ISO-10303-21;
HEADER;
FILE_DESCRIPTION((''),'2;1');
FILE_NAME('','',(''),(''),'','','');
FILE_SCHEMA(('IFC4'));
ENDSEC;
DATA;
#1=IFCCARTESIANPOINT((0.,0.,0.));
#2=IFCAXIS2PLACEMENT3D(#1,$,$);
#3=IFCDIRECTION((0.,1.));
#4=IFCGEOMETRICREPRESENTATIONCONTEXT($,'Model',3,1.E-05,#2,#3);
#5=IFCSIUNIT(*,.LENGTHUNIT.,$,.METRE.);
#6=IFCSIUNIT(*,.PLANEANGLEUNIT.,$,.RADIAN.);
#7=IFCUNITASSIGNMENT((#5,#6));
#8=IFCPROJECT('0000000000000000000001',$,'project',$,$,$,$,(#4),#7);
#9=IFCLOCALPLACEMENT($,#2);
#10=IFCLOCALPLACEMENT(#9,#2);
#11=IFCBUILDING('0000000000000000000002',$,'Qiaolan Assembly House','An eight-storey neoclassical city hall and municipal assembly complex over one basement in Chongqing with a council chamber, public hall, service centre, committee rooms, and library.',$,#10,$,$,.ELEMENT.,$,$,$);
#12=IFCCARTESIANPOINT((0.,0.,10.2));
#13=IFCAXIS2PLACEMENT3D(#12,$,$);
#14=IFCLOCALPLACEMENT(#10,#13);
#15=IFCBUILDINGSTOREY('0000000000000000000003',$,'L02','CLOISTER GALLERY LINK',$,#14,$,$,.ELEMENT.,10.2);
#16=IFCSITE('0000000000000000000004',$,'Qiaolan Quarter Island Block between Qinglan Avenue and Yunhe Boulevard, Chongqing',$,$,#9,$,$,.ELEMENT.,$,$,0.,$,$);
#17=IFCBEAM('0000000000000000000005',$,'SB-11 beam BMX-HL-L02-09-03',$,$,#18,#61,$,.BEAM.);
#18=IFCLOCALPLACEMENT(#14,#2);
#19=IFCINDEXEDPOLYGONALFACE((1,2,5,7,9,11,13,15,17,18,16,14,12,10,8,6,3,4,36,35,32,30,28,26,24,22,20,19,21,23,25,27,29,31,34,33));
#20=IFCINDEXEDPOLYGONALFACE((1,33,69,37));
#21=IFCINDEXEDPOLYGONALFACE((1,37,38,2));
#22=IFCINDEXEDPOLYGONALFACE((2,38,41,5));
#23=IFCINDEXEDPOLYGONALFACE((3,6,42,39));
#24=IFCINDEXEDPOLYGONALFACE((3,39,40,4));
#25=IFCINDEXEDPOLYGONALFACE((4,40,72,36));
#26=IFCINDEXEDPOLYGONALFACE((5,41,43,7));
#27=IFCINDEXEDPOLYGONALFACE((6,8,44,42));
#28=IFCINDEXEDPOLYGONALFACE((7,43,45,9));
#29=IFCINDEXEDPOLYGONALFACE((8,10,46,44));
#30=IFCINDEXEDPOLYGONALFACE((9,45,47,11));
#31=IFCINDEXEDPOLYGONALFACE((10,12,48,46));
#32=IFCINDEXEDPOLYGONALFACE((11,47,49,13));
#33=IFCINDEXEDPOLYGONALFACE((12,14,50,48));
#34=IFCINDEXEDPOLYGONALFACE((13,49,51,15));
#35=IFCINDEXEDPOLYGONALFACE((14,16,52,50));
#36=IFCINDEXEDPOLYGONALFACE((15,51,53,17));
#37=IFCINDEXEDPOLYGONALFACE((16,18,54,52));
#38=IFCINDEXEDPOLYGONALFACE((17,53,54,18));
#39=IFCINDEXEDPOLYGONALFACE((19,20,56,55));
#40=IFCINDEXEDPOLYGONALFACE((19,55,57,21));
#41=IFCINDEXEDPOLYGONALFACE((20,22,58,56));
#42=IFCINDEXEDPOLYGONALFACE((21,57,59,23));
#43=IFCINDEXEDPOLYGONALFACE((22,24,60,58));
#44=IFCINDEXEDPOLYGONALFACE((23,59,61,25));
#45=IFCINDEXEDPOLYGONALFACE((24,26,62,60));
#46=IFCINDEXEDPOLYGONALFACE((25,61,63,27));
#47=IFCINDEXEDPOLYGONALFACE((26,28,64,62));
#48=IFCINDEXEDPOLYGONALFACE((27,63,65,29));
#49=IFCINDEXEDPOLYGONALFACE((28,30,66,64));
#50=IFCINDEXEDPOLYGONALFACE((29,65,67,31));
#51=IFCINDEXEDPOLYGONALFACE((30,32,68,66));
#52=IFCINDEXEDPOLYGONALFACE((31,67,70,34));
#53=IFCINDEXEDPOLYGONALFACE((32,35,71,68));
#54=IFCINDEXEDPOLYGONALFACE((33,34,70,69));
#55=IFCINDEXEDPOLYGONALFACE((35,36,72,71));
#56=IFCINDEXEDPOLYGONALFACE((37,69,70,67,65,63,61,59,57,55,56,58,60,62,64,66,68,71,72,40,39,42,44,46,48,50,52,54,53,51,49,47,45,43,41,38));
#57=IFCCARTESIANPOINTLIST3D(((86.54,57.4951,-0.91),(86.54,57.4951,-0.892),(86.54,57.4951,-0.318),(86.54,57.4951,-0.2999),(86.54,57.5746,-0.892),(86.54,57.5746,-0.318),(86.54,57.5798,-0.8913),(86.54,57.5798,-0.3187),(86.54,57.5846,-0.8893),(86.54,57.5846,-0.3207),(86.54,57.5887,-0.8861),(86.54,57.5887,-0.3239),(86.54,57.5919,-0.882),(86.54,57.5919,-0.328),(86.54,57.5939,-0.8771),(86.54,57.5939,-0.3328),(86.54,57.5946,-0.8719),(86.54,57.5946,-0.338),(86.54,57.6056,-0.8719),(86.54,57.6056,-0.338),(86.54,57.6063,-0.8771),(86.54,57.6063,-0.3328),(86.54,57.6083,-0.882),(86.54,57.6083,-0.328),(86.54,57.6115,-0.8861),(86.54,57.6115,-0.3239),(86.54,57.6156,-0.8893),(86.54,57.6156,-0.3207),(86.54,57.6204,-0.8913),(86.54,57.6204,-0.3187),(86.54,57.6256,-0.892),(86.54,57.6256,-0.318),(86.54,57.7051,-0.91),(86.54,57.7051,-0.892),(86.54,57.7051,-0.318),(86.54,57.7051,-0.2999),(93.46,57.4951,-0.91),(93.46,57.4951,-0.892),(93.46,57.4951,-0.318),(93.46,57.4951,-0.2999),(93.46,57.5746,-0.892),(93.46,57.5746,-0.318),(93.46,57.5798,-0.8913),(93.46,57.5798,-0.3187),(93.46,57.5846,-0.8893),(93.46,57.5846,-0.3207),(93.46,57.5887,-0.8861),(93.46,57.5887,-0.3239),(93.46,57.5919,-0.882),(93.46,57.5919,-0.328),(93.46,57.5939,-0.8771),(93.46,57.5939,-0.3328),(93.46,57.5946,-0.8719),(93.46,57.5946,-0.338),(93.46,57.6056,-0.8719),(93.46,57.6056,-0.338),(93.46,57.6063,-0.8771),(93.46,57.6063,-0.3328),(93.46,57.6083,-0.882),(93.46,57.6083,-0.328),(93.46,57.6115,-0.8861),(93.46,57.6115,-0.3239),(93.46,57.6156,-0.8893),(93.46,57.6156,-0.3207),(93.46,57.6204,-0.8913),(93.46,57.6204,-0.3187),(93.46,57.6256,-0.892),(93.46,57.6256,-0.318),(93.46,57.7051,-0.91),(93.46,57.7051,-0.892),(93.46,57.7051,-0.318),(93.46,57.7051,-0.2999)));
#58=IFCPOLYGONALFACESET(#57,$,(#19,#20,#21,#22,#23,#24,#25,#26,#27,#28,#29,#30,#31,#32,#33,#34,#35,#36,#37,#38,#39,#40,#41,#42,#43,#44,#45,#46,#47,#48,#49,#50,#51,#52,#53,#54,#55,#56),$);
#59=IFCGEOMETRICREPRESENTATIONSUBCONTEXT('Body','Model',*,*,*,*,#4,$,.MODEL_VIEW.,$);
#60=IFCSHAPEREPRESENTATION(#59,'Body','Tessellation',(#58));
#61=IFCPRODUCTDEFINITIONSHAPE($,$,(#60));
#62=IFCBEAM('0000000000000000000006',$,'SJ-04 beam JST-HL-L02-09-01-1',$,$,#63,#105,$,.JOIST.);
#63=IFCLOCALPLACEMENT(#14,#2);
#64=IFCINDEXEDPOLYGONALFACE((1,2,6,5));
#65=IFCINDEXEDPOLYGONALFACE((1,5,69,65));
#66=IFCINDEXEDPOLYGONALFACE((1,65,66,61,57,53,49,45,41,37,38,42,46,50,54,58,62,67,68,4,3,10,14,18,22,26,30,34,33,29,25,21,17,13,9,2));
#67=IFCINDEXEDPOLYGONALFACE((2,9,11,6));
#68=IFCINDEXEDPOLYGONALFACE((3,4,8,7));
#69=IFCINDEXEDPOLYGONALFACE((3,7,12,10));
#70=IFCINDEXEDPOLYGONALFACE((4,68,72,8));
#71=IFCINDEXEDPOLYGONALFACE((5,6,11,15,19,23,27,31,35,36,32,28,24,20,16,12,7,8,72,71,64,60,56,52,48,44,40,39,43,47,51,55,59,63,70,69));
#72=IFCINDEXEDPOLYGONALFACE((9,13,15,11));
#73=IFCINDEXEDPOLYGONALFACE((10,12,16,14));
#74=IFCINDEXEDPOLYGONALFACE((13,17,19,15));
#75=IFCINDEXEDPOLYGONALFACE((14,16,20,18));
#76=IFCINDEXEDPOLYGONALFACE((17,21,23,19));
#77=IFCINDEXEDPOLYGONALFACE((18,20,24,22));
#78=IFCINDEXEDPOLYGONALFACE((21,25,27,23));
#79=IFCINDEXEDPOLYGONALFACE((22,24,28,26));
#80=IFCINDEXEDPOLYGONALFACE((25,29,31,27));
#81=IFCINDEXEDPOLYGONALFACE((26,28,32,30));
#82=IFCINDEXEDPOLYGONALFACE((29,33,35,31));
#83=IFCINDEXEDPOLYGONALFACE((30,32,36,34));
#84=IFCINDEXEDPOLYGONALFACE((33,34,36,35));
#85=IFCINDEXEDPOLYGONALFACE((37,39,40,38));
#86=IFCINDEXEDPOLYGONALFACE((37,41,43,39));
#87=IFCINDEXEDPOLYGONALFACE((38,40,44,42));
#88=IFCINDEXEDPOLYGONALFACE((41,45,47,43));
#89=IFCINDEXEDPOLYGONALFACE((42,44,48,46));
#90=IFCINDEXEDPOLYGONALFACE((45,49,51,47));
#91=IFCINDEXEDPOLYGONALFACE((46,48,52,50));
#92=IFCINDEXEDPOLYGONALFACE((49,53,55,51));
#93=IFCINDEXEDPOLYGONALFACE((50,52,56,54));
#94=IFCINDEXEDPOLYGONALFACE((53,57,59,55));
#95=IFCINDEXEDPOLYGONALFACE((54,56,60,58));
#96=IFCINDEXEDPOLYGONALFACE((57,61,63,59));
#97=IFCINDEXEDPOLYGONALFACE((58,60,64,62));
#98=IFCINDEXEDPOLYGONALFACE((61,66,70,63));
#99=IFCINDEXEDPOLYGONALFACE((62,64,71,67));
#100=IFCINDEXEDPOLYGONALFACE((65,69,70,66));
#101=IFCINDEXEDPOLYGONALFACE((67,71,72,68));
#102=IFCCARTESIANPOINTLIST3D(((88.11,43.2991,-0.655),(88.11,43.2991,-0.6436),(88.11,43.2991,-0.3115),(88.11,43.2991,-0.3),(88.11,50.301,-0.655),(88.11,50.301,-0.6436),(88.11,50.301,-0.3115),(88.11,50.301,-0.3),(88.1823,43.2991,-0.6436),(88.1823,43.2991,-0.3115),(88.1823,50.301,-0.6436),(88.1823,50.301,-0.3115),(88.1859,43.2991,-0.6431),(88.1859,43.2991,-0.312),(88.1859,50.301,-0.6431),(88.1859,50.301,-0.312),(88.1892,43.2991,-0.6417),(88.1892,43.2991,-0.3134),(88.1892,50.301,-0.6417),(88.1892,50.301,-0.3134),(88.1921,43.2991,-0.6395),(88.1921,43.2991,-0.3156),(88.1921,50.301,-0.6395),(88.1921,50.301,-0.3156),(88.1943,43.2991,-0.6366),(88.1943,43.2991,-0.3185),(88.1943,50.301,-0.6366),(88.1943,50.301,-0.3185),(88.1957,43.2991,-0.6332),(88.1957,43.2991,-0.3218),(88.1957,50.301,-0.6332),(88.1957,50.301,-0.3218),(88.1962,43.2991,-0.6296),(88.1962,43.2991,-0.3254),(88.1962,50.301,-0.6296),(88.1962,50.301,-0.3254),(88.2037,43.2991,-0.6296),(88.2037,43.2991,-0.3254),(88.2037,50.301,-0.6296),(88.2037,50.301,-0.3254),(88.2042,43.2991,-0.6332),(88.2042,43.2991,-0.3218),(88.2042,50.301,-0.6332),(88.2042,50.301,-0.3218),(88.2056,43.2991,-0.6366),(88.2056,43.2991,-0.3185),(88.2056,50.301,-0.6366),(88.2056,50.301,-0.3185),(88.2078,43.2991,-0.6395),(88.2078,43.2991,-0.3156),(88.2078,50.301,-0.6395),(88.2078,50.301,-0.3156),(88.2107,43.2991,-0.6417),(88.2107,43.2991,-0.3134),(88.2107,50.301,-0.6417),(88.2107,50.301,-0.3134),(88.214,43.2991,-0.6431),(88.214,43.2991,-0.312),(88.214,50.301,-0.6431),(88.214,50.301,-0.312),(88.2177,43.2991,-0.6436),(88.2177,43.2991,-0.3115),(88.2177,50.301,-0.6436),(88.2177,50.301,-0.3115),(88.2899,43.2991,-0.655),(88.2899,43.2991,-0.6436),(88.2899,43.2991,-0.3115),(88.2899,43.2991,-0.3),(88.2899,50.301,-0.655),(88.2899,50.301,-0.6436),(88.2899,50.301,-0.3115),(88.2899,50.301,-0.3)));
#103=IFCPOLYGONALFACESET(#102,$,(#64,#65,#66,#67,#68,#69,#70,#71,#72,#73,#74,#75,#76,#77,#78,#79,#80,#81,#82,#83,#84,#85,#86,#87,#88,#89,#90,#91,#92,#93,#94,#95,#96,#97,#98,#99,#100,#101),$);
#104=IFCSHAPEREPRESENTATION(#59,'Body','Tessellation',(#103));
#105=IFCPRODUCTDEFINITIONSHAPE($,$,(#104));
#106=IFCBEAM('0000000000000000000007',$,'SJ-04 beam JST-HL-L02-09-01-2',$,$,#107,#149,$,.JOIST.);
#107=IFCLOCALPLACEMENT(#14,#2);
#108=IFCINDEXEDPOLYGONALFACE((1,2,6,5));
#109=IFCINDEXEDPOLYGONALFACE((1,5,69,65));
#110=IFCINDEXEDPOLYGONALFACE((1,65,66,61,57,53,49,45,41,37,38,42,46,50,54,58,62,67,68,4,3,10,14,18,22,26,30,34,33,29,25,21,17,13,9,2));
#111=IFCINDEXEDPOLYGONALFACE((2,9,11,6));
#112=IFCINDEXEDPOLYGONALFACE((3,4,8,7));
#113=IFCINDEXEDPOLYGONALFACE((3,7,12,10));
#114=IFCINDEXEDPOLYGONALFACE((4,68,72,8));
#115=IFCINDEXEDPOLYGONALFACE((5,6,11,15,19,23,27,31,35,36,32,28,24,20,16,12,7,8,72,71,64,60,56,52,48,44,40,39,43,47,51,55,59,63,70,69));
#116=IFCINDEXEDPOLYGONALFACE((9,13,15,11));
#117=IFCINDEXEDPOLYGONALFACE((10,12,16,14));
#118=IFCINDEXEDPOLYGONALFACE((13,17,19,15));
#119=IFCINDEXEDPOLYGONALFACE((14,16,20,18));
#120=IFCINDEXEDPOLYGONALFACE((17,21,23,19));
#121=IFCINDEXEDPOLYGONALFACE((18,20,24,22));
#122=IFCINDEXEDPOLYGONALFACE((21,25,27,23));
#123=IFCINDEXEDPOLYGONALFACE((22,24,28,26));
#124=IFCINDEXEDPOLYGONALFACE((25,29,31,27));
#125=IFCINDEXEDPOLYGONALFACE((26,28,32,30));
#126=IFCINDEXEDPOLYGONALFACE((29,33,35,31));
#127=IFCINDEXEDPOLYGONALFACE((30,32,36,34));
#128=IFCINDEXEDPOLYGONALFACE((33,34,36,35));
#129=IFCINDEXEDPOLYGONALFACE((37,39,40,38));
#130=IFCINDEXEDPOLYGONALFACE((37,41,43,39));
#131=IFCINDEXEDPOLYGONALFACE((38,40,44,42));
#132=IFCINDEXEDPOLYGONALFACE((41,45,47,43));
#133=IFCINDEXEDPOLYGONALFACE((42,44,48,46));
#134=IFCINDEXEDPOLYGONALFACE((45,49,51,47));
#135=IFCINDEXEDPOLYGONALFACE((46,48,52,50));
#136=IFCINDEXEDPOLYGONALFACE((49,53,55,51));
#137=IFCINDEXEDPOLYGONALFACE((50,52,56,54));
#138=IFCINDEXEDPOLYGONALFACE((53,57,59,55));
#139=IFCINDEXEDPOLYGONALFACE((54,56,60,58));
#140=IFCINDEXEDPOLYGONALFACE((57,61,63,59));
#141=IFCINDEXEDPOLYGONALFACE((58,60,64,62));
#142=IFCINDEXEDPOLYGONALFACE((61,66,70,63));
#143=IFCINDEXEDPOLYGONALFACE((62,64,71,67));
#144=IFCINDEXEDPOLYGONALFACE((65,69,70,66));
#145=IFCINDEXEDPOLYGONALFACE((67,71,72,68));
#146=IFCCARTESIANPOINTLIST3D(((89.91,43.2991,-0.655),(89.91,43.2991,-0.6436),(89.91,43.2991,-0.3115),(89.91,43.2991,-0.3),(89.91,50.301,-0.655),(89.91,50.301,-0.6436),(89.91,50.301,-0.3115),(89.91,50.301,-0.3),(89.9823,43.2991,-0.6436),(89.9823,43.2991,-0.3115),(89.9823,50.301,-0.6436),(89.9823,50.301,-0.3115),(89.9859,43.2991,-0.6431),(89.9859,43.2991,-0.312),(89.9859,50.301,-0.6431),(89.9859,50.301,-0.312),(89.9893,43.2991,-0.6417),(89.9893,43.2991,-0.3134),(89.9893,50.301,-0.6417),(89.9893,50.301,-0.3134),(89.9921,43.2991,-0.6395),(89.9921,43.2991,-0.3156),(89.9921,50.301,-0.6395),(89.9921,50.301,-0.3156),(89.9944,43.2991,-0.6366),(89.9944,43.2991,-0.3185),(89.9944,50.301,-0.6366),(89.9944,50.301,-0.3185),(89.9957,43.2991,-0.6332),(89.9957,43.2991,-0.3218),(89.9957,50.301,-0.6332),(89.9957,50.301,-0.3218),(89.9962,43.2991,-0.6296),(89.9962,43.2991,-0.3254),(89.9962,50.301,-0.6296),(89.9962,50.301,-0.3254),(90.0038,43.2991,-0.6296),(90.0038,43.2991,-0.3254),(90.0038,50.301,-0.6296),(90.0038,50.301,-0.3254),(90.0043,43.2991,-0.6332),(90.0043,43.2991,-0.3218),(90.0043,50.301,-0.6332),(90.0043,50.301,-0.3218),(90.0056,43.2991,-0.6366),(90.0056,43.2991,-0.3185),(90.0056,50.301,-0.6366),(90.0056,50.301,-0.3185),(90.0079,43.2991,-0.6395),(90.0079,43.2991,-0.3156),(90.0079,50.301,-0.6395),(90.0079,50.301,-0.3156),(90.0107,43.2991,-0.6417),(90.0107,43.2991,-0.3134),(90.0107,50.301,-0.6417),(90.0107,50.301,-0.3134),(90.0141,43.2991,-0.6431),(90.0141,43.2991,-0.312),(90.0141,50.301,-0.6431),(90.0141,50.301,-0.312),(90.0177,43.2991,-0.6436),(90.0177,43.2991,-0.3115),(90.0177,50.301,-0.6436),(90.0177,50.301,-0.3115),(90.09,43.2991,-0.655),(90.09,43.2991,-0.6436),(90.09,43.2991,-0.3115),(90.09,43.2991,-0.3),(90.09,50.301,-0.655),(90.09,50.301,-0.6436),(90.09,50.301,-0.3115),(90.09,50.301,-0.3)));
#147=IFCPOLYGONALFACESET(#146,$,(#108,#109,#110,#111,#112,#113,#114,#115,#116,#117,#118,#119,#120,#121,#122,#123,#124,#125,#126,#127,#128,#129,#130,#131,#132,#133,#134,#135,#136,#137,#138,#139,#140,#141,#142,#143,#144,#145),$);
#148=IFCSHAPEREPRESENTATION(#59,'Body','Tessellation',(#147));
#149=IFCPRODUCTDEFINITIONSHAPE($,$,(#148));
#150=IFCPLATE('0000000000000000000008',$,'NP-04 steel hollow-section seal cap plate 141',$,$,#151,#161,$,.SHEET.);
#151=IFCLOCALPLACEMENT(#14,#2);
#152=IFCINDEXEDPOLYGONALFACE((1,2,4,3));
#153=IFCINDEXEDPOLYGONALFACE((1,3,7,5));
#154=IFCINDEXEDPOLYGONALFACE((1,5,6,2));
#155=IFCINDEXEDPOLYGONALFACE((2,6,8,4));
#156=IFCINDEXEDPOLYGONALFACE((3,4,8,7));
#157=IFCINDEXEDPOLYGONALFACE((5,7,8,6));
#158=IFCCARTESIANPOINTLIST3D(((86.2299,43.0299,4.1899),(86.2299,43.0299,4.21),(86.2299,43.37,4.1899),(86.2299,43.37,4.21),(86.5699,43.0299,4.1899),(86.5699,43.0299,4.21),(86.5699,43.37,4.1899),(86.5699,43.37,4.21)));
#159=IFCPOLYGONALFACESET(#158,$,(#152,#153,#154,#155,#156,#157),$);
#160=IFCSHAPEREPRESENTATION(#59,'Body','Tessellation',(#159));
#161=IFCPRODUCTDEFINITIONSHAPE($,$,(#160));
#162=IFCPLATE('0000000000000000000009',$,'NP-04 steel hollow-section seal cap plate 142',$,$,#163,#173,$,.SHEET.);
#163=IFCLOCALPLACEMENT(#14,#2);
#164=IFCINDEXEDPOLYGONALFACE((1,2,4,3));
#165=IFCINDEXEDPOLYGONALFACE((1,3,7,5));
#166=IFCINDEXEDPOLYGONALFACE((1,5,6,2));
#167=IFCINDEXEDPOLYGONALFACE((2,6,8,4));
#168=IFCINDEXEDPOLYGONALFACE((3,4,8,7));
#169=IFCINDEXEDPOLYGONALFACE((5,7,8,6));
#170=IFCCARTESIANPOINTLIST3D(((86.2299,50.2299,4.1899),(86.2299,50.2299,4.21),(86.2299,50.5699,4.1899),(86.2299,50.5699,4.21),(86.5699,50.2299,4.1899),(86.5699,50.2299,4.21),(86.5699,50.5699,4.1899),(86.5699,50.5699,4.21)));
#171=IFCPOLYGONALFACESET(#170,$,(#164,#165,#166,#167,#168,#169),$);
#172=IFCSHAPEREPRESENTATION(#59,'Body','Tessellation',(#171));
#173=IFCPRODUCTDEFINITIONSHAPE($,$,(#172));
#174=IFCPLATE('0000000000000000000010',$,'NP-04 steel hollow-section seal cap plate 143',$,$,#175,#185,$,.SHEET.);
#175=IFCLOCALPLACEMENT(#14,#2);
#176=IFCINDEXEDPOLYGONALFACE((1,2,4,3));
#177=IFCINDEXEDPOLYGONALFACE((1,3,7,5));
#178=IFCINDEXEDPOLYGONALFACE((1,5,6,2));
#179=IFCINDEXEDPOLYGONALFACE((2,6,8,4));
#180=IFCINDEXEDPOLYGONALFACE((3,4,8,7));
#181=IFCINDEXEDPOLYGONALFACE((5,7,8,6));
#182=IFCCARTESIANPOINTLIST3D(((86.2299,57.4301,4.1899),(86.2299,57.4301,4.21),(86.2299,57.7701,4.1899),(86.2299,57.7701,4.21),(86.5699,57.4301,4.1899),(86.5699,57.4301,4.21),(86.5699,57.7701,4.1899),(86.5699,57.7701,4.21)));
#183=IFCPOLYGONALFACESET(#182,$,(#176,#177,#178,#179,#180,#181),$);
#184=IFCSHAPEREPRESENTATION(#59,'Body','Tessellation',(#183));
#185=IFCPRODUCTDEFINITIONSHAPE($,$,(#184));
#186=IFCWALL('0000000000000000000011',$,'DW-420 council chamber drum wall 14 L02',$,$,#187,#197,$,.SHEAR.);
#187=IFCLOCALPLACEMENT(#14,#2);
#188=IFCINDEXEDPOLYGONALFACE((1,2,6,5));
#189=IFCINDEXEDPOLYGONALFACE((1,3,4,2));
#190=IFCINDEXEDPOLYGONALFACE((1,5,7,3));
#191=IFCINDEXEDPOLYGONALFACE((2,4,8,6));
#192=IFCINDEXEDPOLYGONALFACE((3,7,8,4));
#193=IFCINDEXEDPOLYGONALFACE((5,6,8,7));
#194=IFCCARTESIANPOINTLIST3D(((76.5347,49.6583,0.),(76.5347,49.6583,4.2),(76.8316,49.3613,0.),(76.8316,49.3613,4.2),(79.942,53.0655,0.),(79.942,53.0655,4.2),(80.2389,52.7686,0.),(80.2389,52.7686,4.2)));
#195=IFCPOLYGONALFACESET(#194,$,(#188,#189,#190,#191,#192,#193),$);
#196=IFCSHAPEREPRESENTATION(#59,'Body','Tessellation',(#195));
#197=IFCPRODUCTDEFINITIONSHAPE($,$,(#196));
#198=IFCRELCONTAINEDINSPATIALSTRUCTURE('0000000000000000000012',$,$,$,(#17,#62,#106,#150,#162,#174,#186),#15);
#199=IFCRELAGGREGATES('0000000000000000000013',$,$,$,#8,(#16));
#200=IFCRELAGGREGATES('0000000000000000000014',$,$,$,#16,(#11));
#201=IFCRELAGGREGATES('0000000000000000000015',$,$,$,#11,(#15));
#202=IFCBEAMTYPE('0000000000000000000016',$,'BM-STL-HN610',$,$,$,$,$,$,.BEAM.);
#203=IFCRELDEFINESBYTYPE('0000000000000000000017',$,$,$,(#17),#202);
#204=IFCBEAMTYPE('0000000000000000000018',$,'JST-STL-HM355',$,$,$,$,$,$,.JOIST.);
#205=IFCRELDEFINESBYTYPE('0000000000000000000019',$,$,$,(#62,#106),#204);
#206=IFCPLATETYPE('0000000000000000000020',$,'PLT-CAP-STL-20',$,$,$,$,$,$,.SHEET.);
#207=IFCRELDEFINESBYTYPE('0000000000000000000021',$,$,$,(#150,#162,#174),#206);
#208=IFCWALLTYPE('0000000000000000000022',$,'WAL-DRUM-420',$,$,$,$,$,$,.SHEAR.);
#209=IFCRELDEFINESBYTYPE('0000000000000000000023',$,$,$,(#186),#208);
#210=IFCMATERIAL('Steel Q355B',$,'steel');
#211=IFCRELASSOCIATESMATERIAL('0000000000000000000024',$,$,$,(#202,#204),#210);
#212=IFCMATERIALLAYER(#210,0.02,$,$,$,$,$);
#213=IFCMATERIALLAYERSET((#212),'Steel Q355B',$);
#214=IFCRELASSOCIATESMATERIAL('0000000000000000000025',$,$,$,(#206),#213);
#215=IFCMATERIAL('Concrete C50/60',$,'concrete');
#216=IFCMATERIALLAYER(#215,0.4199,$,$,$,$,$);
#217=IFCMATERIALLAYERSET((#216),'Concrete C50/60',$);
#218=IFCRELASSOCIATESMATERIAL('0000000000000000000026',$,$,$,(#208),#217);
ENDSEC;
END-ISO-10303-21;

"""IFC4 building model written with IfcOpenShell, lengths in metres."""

from ifc_helpers import new_model, si_unit, direction, frame, frame_2d, origin, origin_2d, place, context, subcontext, project, spatial, rectangle, i_section, extrude, material, layer, layer_set, material_profile, profile_set, type_object, element, save


model = new_model("IFC4")

# Units and contexts
model_context = context("Model", 3, precision=1e-05, world=origin(), true_north=direction((0.0, 1.0)))
body_context = subcontext(model_context, "Body", "Model", "MODEL_VIEW")
ifc_project = project(units=[si_unit("LENGTHUNIT", "METRE"), si_unit("PLANEANGLEUNIT", "RADIAN")], contexts=[model_context])

# Site, building, storey
site_placement = place(None, origin())
site = spatial("IfcSite", under=ifc_project, at=site_placement, Name="Qiaolan Quarter Island Block between Qinglan Avenue and Yunhe Boulevard, Chongqing", CompositionType="ELEMENT", RefElevation=0.0)
building_placement = place(site_placement, origin())
building = spatial("IfcBuilding", under=site, at=building_placement, Name="Qiaolan Assembly House", Description="An eight-storey neoclassical city hall and municipal assembly complex over one basement in Chongqing with a council chamber, public hall, service centre, committee rooms, and library.", CompositionType="ELEMENT")
storey_placement = place(building_placement, frame((0.0, 0.0, 10.2)))
storey = spatial("IfcBuildingStorey", under=building, at=storey_placement, Name="L02", Description="CLOISTER GALLERY LINK", CompositionType="ELEMENT", Elevation=10.2)

# Shared definitions
ifc_material_1 = material(Name="Concrete C50/60", Category="concrete")
ifc_material_2 = material(Name="Steel Q355B", Category="steel")

# Beams
ifc_material_profile_1 = material_profile(ifc_material_2, i_section(OverallWidth=0.21, OverallDepth=0.6101, WebThickness=0.011, FlangeThickness=0.0181, FilletRadius=0.02, at=origin_2d()), Name="HN 610x210x11x18")
ifc_profile_set_1 = profile_set([ifc_material_profile_1], Name="Steel Q355B")
beam_type_1 = type_object("IfcBeamType", Name="BM-STL-HN610", PredefinedType="BEAM", material=ifc_profile_set_1)
for number, where, z_axis, x_axis, name in (
    (1, (86.54, 57.6001, -0.605), (1.0, 0.0, 0.0), (0.0, 1.0, 0.0), "SB-11 beam BMX-HL-L02-09-03"),
):
    element("IfcBeam", number, at=place(storey_placement, frame(where, z_axis=z_axis, x_axis=x_axis)), inside=storey, type_object=beam_type_1, Name=name, PredefinedType="BEAM", context=body_context, shape_type="SweptSolid", body=[
        extrude(i_section(OverallWidth=0.21, OverallDepth=0.6101, WebThickness=0.011, FlangeThickness=0.0181, FilletRadius=0.02, at=origin_2d()), origin(), (0.0, 0.0, 1.0), 6.9199),
    ])
ifc_material_profile_2 = material_profile(ifc_material_2, i_section(OverallWidth=0.1799, OverallDepth=0.355, WebThickness=0.0076, FlangeThickness=0.0115, FilletRadius=0.0139, at=origin_2d()), Name="HM 355x180x7.5x11.5")
ifc_profile_set_2 = profile_set([ifc_material_profile_2], Name="Steel Q355B")
beam_type_2 = type_object("IfcBeamType", Name="JST-STL-HM355", PredefinedType="JOIST", material=ifc_profile_set_2)
for number, where, z_axis, x_axis, name in (
    (2, (88.2, 43.2991, -0.4775), (0.0, 1.0, 0.0), (-1.0, 0.0, 0.0), "SJ-04 beam JST-HL-L02-09-01-1"),
    (3, (90.0, 43.2991, -0.4775), (0.0, 1.0, 0.0), (-1.0, 0.0, 0.0), "SJ-04 beam JST-HL-L02-09-01-2"),
):
    element("IfcBeam", number, at=place(storey_placement, frame(where, z_axis=z_axis, x_axis=x_axis)), inside=storey, type_object=beam_type_2, Name=name, PredefinedType="JOIST", context=body_context, shape_type="SweptSolid", body=[
        extrude(i_section(OverallWidth=0.1799, OverallDepth=0.355, WebThickness=0.0076, FlangeThickness=0.0115, FilletRadius=0.0139, at=origin_2d()), origin(), (0.0, 0.0, 1.0), 7.002),
    ])

# Plates
ifc_layer_1 = layer(ifc_material_2, 0.02)
ifc_layer_set_1 = layer_set([ifc_layer_1], Name="Steel Q355B")
plate_type = type_object("IfcPlateType", Name="PLT-CAP-STL-20", PredefinedType="SHEET", material=ifc_layer_set_1)
for number, where, z_axis, x_axis, name in (
    (4, (86.3999, 43.2, 4.1899), (0.0, 0.0, 1.0), (1.0, 0.0, 0.0), "NP-04 steel hollow-section seal cap plate 141"),
    (5, (86.3999, 50.3999, 4.1899), (0.0, 0.0, 1.0), (1.0, 0.0, 0.0), "NP-04 steel hollow-section seal cap plate 142"),
    (6, (86.3999, 57.6001, 4.1899), (0.0, 0.0, 1.0), (1.0, 0.0, 0.0), "NP-04 steel hollow-section seal cap plate 143"),
):
    element("IfcPlate", number, at=place(storey_placement, frame(where, z_axis=z_axis, x_axis=x_axis)), inside=storey, type_object=plate_type, Name=name, PredefinedType="SHEET", context=body_context, shape_type="SweptSolid", body=[
        extrude(rectangle(XDim=0.3401, YDim=0.3401, at=origin_2d()), origin(), (0.0, 0.0, 1.0), 0.02),
    ])

# Wall
ifc_layer_2 = layer(ifc_material_1, 0.4199)
ifc_layer_set_2 = layer_set([ifc_layer_2], Name="Concrete C50/60")
wall_type_1 = type_object("IfcWallType", Name="WAL-DRUM-420", PredefinedType="SHEAR", material=ifc_layer_set_2)
wall_1_placement = place(storey_placement, frame((80.0903, 52.917, 0.0), z_axis=(0.0, 0.0, 1.0), x_axis=(-0.707107, -0.707107, 0.0)))
element("IfcWall", 7, at=wall_1_placement, inside=storey, type_object=wall_type_1, Name="DW-420 council chamber drum wall 14 L02", PredefinedType="SHEAR", context=body_context, shape_type="SweptSolid", body=[
    extrude(rectangle(XDim=4.8186, YDim=0.4199, at=frame_2d((2.4092, 0.0))), origin(), (0.0, 0.0, 1.0), 4.2),
])

save(model, "model.ifc")
